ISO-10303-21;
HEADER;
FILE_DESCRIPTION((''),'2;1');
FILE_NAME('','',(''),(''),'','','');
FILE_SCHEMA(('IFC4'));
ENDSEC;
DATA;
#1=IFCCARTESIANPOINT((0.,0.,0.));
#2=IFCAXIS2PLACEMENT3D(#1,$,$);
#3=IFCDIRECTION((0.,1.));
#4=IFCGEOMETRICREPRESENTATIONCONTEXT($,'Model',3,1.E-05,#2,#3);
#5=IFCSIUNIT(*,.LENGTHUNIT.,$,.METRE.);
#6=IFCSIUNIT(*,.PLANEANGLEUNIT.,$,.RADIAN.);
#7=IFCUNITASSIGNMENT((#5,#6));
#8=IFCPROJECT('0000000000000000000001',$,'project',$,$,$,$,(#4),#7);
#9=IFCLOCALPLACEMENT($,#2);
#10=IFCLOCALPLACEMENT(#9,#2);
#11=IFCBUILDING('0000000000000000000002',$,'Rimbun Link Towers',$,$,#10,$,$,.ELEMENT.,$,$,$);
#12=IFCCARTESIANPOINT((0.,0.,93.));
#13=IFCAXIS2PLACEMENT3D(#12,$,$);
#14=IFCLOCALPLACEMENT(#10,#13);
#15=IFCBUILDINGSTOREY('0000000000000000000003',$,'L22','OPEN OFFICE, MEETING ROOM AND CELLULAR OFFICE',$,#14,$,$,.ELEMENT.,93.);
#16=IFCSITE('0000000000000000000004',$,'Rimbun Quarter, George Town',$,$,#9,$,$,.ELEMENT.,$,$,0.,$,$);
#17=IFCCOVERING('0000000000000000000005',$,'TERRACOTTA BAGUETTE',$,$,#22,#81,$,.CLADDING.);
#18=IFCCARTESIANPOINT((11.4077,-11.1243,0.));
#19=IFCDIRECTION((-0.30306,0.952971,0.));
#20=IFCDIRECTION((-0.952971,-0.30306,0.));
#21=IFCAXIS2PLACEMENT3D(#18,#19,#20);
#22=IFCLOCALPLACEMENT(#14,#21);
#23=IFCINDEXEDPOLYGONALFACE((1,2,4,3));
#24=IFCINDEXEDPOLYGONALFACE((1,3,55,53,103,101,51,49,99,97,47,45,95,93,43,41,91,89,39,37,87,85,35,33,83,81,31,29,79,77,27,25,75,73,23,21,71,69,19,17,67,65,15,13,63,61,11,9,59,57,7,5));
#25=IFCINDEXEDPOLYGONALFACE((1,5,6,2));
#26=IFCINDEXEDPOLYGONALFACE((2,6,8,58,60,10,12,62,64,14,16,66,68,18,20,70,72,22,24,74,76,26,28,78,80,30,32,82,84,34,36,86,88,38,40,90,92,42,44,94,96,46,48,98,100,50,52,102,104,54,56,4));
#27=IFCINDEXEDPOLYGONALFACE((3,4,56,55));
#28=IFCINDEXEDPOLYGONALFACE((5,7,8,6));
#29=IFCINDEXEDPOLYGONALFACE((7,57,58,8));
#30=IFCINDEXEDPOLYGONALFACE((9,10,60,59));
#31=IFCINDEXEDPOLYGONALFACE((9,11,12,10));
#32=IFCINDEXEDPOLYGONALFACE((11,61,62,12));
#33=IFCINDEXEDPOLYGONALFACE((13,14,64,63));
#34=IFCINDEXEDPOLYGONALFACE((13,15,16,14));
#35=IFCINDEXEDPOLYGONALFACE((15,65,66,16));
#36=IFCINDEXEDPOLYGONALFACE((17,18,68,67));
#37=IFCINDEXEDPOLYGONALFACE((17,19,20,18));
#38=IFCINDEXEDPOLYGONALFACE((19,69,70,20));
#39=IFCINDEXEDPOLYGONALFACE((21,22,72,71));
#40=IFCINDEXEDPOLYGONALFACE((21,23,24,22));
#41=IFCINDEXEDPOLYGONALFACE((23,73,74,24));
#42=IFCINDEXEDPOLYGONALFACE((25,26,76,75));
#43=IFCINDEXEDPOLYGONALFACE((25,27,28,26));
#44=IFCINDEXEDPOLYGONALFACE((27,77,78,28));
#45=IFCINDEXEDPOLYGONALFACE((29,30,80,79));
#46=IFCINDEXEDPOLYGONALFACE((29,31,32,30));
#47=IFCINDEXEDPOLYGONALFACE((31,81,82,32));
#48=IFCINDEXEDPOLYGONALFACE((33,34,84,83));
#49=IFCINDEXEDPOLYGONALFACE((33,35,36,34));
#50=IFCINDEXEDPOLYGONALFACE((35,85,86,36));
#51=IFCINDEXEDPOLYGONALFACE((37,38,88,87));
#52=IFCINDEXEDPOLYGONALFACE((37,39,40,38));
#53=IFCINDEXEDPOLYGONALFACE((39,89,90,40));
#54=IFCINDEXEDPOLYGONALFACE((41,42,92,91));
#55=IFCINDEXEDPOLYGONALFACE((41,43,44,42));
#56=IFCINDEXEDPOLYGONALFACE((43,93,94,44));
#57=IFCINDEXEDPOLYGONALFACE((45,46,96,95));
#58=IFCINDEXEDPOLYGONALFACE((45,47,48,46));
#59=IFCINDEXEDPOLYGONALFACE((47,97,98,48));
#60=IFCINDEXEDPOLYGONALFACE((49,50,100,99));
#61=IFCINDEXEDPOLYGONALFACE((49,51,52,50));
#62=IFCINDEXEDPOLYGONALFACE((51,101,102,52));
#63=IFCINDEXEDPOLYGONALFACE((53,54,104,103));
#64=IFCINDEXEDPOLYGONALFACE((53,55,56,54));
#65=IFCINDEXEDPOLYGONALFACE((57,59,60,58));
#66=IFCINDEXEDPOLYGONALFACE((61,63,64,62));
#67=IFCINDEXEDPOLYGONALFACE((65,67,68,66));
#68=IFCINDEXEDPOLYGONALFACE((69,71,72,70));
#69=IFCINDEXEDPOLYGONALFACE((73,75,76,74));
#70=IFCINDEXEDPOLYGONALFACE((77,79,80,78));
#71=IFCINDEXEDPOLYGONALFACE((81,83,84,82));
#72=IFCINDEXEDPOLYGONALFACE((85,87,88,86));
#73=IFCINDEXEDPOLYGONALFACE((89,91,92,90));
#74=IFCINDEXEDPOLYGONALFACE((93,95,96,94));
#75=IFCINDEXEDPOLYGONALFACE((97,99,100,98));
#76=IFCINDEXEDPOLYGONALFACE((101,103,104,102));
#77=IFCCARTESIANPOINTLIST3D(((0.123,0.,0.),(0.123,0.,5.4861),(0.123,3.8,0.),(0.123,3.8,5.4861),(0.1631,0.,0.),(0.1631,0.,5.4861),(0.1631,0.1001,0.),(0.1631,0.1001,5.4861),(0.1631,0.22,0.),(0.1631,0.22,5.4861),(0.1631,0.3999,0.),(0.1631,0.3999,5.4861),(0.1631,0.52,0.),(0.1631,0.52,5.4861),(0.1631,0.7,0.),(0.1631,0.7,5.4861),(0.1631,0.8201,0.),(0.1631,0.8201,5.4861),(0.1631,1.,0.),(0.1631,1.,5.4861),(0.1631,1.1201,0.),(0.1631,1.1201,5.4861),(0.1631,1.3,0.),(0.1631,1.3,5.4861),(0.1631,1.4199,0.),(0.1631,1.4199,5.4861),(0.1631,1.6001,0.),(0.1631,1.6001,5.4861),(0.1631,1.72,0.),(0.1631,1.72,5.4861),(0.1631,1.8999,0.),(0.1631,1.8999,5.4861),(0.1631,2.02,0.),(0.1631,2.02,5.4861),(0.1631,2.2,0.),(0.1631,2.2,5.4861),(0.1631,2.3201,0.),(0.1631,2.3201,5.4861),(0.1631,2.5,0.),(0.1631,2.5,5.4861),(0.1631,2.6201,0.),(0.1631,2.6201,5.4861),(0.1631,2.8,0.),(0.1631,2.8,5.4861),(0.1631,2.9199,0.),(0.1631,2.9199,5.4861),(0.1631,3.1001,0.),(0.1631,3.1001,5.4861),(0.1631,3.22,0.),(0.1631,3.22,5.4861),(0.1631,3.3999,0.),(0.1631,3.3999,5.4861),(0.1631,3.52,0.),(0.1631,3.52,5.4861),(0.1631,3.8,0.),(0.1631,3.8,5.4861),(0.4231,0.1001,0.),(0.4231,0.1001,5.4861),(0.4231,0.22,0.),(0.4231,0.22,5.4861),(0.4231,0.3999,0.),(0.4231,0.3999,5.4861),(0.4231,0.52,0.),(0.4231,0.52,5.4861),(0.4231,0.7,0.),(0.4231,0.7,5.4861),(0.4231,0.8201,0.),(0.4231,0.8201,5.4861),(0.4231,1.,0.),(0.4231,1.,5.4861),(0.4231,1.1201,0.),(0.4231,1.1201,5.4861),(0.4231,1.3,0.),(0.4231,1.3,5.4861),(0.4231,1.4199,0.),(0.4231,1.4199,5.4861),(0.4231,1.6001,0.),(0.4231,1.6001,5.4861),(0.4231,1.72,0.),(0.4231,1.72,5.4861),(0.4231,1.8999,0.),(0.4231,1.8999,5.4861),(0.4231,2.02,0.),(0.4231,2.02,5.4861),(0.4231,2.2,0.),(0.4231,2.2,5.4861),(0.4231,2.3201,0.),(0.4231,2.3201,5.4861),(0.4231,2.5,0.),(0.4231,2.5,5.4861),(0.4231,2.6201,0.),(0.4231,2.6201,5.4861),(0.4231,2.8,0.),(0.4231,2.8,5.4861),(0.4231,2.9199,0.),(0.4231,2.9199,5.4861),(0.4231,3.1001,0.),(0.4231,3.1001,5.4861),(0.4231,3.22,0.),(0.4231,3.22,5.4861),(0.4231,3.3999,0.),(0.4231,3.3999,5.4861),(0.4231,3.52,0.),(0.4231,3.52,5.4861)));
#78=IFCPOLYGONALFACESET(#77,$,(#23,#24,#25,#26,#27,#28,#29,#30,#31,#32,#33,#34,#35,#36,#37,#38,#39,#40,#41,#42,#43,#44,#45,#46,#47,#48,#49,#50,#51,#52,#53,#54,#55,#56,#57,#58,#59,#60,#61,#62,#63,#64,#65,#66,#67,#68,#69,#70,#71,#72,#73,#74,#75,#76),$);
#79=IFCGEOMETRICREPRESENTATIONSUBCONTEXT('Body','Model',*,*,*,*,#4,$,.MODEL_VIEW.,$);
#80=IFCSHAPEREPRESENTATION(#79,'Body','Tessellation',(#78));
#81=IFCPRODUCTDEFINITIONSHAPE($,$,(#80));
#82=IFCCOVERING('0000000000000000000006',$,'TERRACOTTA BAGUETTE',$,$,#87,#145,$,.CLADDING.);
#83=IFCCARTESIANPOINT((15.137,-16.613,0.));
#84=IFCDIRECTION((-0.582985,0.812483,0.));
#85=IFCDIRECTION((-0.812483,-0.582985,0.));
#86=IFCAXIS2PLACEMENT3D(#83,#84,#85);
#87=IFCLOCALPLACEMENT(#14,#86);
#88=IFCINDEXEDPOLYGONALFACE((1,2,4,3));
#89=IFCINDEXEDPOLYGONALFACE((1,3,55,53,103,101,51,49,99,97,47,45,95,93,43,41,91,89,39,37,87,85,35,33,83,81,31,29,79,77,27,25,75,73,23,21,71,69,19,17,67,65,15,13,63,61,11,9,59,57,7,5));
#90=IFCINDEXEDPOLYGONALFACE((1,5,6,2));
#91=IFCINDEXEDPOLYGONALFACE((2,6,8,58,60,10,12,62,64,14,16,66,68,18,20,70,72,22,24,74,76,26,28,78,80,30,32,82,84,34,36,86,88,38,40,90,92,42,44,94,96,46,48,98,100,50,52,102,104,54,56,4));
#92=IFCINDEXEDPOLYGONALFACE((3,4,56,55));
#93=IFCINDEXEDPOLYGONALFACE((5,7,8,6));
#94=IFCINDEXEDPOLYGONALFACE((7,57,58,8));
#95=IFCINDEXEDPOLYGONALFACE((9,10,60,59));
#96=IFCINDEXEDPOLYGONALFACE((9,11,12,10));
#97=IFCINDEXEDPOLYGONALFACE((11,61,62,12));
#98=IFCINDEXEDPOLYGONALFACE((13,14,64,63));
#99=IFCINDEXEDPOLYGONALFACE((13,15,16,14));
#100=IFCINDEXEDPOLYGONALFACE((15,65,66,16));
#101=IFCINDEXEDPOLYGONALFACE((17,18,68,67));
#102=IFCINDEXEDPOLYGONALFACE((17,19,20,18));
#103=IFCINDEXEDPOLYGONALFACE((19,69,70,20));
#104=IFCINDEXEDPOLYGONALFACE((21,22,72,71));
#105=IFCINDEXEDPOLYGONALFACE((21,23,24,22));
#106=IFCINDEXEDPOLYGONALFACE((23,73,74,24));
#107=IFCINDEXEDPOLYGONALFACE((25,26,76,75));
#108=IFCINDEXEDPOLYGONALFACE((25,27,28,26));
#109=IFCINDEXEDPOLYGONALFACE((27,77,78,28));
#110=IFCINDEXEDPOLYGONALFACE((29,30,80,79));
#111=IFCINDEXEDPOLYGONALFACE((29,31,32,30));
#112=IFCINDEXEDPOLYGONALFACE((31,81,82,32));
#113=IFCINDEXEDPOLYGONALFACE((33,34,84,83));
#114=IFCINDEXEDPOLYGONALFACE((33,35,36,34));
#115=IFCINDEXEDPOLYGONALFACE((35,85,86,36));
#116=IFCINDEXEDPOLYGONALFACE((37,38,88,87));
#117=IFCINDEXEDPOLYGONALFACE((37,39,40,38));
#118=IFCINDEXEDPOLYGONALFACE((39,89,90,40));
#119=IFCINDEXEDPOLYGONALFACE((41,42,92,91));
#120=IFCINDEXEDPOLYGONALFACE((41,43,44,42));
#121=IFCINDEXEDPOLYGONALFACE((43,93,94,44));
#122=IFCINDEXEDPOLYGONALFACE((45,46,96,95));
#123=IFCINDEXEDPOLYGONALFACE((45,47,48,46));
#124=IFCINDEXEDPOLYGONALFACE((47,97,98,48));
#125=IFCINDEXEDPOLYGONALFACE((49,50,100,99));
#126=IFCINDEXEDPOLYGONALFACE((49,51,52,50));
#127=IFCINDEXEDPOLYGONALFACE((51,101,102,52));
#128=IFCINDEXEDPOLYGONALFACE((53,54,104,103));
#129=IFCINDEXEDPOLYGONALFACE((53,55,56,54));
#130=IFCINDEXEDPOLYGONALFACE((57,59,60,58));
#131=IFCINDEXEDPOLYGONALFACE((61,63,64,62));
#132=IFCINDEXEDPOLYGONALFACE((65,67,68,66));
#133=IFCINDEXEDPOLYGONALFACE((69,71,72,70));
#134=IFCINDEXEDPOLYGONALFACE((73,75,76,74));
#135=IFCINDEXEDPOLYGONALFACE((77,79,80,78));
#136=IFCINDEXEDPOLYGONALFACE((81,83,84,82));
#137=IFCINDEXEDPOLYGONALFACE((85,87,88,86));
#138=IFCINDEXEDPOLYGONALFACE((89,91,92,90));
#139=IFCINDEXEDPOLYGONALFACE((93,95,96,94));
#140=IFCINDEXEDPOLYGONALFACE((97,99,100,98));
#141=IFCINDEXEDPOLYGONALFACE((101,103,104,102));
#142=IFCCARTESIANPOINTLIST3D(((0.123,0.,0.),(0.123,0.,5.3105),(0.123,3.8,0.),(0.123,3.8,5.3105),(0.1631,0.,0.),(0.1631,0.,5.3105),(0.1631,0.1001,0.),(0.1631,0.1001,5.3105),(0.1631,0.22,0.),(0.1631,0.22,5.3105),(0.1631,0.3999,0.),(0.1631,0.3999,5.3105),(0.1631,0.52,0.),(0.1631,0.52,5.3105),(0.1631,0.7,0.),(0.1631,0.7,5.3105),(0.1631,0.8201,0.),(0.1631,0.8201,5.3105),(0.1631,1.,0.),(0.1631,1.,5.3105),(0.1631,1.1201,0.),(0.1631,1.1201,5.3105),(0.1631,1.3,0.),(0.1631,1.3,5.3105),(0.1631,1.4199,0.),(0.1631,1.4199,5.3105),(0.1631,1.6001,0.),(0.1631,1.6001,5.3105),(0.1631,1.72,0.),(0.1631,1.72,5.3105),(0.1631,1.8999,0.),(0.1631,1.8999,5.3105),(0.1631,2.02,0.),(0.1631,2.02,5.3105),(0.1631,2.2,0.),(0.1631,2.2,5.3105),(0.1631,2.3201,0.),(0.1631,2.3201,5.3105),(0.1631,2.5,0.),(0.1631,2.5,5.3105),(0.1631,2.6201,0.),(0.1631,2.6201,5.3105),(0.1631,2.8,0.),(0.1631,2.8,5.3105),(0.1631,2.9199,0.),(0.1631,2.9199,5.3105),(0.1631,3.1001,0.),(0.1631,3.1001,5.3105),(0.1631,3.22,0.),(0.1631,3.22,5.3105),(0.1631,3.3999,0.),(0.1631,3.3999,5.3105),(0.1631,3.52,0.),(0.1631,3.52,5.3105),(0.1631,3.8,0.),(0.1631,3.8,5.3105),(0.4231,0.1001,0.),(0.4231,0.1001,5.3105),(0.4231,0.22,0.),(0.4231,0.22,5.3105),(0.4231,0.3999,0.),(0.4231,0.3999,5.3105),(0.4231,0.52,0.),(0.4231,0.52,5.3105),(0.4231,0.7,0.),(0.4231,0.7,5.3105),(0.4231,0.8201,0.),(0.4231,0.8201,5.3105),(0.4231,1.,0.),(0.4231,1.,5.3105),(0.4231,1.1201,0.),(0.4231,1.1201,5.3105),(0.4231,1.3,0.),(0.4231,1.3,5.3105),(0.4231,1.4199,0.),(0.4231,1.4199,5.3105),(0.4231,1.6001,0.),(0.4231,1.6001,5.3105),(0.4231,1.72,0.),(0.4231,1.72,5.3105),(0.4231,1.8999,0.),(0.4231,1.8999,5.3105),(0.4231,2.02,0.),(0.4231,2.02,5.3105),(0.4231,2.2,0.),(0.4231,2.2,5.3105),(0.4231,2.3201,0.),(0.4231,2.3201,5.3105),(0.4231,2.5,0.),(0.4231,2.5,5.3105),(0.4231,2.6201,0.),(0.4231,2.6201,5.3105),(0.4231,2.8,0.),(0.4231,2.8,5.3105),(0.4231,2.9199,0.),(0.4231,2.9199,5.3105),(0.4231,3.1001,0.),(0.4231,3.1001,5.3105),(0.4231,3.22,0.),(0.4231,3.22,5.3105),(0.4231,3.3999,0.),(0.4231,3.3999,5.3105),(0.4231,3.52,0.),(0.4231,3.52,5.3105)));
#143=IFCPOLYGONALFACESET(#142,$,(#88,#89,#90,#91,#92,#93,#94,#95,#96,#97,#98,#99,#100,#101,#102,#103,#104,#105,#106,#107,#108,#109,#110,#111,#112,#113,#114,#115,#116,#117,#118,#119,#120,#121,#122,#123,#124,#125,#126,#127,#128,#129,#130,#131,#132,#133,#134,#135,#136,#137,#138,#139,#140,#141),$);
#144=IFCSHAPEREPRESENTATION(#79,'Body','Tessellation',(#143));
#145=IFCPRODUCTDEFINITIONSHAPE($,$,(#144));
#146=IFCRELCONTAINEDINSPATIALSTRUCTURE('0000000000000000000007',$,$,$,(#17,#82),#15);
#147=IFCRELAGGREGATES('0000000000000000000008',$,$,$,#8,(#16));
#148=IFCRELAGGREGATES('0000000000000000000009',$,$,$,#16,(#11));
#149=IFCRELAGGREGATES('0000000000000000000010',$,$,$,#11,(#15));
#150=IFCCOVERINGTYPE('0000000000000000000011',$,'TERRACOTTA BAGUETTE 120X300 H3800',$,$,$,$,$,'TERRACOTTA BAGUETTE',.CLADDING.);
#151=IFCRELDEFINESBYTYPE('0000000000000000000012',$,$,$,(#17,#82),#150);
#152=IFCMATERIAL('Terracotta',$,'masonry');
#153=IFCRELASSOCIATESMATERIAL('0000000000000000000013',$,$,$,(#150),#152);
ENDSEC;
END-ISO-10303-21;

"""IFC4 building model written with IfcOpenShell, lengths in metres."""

from ifc_helpers import new_model, si_unit, direction, frame, origin, place, context, subcontext, project, spatial, polyline, outline, extrude, material, material_profile, profile_set, type_object, element, save


model = new_model("IFC4")

# Units and contexts
model_context = context("Model", 3, precision=1e-05, world=origin(), true_north=direction((0.0, 1.0)))
body_context = subcontext(model_context, "Body", "Model", "MODEL_VIEW")
ifc_project = project(units=[si_unit("LENGTHUNIT", "METRE"), si_unit("PLANEANGLEUNIT", "RADIAN")], contexts=[model_context])

# Site, building, storey
site_placement = place(None, origin())
site = spatial("IfcSite", under=ifc_project, at=site_placement, Name="Rimbun Quarter, George Town", CompositionType="ELEMENT", RefElevation=0.0)
building_placement = place(site_placement, origin())
building = spatial("IfcBuilding", under=site, at=building_placement, Name="Rimbun Link Towers", CompositionType="ELEMENT")
storey_placement = place(building_placement, frame((0.0, 0.0, 93.0)))
storey = spatial("IfcBuildingStorey", under=building, at=storey_placement, Name="L22", Description="OPEN OFFICE, MEETING ROOM AND CELLULAR OFFICE", CompositionType="ELEMENT", Elevation=93.0)

# Coverings
ifc_material_1 = material(Name="Terracotta", Category="masonry")
ifc_material_profile_1 = material_profile(ifc_material_1, outline(polyline([(0.123, 0.0), (0.1631, 0.0), (0.1631, 0.1001), (0.4231, 0.1001), (0.4231, 0.22), (0.1631, 0.22), (0.1631, 0.3999), (0.4231, 0.3999), (0.4231, 0.52), (0.1631, 0.52), (0.1631, 0.7), (0.4231, 0.7), (0.4231, 0.8201), (0.1631, 0.8201), (0.1631, 1.0), (0.4231, 1.0), (0.4231, 1.1201), (0.1631, 1.1201), (0.1631, 1.3), (0.4231, 1.3), (0.4231, 1.4199), (0.1631, 1.4199), (0.1631, 1.6001), (0.4231, 1.6001), (0.4231, 1.72), (0.1631, 1.72), (0.1631, 1.8999), (0.4231, 1.8999), (0.4231, 2.02), (0.1631, 2.02), (0.1631, 2.2), (0.4231, 2.2), (0.4231, 2.3201), (0.1631, 2.3201), (0.1631, 2.5), (0.4231, 2.5), (0.4231, 2.6201), (0.1631, 2.6201), (0.1631, 2.8), (0.4231, 2.8), (0.4231, 2.9199), (0.1631, 2.9199), (0.1631, 3.1001), (0.4231, 3.1001), (0.4231, 3.22), (0.1631, 3.22), (0.1631, 3.3999), (0.4231, 3.3999), (0.4231, 3.52), (0.1631, 3.52), (0.1631, 3.8), (0.123, 3.8), (0.123, 0.0)])), Name="BAGUETTE 120X300")
ifc_profile_set_1 = profile_set([ifc_material_profile_1], Name="Terracotta")
covering_type = type_object("IfcCoveringType", Name="TERRACOTTA BAGUETTE 120X300 H3800", ElementType="TERRACOTTA BAGUETTE", PredefinedType="CLADDING", material=ifc_profile_set_1)
covering_1_placement = place(storey_placement, frame((11.4077, -11.1243, 0.0), z_axis=(-0.30306, 0.952971, 0.0), x_axis=(-0.952971, -0.30306, 0.0)))
element("IfcCovering", 1, at=covering_1_placement, inside=storey, type_object=covering_type, Name="TERRACOTTA BAGUETTE", PredefinedType="CLADDING", context=body_context, shape_type="SweptSolid", body=[
    extrude(outline(polyline([(0.123, 0.0), (0.1631, 0.0), (0.1631, 0.1001), (0.4231, 0.1001), (0.4231, 0.22), (0.1631, 0.22), (0.1631, 0.3999), (0.4231, 0.3999), (0.4231, 0.52), (0.1631, 0.52), (0.1631, 0.7), (0.4231, 0.7), (0.4231, 0.8201), (0.1631, 0.8201), (0.1631, 1.0), (0.4231, 1.0), (0.4231, 1.1201), (0.1631, 1.1201), (0.1631, 1.3), (0.4231, 1.3), (0.4231, 1.4199), (0.1631, 1.4199), (0.1631, 1.6001), (0.4231, 1.6001), (0.4231, 1.72), (0.1631, 1.72), (0.1631, 1.8999), (0.4231, 1.8999), (0.4231, 2.02), (0.1631, 2.02), (0.1631, 2.2), (0.4231, 2.2), (0.4231, 2.3201), (0.1631, 2.3201), (0.1631, 2.5), (0.4231, 2.5), (0.4231, 2.6201), (0.1631, 2.6201), (0.1631, 2.8), (0.4231, 2.8), (0.4231, 2.9199), (0.1631, 2.9199), (0.1631, 3.1001), (0.4231, 3.1001), (0.4231, 3.22), (0.1631, 3.22), (0.1631, 3.3999), (0.4231, 3.3999), (0.4231, 3.52), (0.1631, 3.52), (0.1631, 3.8), (0.123, 3.8), (0.123, 0.0)])), origin(), (0.0, 0.0, 1.0), 5.4861),
])
covering_2_placement = place(storey_placement, frame((15.137, -16.613, 0.0), z_axis=(-0.582985, 0.812483, 0.0), x_axis=(-0.812483, -0.582985, 0.0)))
element("IfcCovering", 2, at=covering_2_placement, inside=storey, type_object=covering_type, Name="TERRACOTTA BAGUETTE", PredefinedType="CLADDING", context=body_context, shape_type="SweptSolid", body=[
    extrude(outline(polyline([(0.123, 0.0), (0.1631, 0.0), (0.1631, 0.1001), (0.4231, 0.1001), (0.4231, 0.22), (0.1631, 0.22), (0.1631, 0.3999), (0.4231, 0.3999), (0.4231, 0.52), (0.1631, 0.52), (0.1631, 0.7), (0.4231, 0.7), (0.4231, 0.8201), (0.1631, 0.8201), (0.1631, 1.0), (0.4231, 1.0), (0.4231, 1.1201), (0.1631, 1.1201), (0.1631, 1.3), (0.4231, 1.3), (0.4231, 1.4199), (0.1631, 1.4199), (0.1631, 1.6001), (0.4231, 1.6001), (0.4231, 1.72), (0.1631, 1.72), (0.1631, 1.8999), (0.4231, 1.8999), (0.4231, 2.02), (0.1631, 2.02), (0.1631, 2.2), (0.4231, 2.2), (0.4231, 2.3201), (0.1631, 2.3201), (0.1631, 2.5), (0.4231, 2.5), (0.4231, 2.6201), (0.1631, 2.6201), (0.1631, 2.8), (0.4231, 2.8), (0.4231, 2.9199), (0.1631, 2.9199), (0.1631, 3.1001), (0.4231, 3.1001), (0.4231, 3.22), (0.1631, 3.22), (0.1631, 3.3999), (0.4231, 3.3999), (0.4231, 3.52), (0.1631, 3.52), (0.1631, 3.8), (0.123, 3.8), (0.123, 0.0)])), origin(), (0.0, 0.0, 1.0), 5.3105),
])

save(model, "model.ifc")
